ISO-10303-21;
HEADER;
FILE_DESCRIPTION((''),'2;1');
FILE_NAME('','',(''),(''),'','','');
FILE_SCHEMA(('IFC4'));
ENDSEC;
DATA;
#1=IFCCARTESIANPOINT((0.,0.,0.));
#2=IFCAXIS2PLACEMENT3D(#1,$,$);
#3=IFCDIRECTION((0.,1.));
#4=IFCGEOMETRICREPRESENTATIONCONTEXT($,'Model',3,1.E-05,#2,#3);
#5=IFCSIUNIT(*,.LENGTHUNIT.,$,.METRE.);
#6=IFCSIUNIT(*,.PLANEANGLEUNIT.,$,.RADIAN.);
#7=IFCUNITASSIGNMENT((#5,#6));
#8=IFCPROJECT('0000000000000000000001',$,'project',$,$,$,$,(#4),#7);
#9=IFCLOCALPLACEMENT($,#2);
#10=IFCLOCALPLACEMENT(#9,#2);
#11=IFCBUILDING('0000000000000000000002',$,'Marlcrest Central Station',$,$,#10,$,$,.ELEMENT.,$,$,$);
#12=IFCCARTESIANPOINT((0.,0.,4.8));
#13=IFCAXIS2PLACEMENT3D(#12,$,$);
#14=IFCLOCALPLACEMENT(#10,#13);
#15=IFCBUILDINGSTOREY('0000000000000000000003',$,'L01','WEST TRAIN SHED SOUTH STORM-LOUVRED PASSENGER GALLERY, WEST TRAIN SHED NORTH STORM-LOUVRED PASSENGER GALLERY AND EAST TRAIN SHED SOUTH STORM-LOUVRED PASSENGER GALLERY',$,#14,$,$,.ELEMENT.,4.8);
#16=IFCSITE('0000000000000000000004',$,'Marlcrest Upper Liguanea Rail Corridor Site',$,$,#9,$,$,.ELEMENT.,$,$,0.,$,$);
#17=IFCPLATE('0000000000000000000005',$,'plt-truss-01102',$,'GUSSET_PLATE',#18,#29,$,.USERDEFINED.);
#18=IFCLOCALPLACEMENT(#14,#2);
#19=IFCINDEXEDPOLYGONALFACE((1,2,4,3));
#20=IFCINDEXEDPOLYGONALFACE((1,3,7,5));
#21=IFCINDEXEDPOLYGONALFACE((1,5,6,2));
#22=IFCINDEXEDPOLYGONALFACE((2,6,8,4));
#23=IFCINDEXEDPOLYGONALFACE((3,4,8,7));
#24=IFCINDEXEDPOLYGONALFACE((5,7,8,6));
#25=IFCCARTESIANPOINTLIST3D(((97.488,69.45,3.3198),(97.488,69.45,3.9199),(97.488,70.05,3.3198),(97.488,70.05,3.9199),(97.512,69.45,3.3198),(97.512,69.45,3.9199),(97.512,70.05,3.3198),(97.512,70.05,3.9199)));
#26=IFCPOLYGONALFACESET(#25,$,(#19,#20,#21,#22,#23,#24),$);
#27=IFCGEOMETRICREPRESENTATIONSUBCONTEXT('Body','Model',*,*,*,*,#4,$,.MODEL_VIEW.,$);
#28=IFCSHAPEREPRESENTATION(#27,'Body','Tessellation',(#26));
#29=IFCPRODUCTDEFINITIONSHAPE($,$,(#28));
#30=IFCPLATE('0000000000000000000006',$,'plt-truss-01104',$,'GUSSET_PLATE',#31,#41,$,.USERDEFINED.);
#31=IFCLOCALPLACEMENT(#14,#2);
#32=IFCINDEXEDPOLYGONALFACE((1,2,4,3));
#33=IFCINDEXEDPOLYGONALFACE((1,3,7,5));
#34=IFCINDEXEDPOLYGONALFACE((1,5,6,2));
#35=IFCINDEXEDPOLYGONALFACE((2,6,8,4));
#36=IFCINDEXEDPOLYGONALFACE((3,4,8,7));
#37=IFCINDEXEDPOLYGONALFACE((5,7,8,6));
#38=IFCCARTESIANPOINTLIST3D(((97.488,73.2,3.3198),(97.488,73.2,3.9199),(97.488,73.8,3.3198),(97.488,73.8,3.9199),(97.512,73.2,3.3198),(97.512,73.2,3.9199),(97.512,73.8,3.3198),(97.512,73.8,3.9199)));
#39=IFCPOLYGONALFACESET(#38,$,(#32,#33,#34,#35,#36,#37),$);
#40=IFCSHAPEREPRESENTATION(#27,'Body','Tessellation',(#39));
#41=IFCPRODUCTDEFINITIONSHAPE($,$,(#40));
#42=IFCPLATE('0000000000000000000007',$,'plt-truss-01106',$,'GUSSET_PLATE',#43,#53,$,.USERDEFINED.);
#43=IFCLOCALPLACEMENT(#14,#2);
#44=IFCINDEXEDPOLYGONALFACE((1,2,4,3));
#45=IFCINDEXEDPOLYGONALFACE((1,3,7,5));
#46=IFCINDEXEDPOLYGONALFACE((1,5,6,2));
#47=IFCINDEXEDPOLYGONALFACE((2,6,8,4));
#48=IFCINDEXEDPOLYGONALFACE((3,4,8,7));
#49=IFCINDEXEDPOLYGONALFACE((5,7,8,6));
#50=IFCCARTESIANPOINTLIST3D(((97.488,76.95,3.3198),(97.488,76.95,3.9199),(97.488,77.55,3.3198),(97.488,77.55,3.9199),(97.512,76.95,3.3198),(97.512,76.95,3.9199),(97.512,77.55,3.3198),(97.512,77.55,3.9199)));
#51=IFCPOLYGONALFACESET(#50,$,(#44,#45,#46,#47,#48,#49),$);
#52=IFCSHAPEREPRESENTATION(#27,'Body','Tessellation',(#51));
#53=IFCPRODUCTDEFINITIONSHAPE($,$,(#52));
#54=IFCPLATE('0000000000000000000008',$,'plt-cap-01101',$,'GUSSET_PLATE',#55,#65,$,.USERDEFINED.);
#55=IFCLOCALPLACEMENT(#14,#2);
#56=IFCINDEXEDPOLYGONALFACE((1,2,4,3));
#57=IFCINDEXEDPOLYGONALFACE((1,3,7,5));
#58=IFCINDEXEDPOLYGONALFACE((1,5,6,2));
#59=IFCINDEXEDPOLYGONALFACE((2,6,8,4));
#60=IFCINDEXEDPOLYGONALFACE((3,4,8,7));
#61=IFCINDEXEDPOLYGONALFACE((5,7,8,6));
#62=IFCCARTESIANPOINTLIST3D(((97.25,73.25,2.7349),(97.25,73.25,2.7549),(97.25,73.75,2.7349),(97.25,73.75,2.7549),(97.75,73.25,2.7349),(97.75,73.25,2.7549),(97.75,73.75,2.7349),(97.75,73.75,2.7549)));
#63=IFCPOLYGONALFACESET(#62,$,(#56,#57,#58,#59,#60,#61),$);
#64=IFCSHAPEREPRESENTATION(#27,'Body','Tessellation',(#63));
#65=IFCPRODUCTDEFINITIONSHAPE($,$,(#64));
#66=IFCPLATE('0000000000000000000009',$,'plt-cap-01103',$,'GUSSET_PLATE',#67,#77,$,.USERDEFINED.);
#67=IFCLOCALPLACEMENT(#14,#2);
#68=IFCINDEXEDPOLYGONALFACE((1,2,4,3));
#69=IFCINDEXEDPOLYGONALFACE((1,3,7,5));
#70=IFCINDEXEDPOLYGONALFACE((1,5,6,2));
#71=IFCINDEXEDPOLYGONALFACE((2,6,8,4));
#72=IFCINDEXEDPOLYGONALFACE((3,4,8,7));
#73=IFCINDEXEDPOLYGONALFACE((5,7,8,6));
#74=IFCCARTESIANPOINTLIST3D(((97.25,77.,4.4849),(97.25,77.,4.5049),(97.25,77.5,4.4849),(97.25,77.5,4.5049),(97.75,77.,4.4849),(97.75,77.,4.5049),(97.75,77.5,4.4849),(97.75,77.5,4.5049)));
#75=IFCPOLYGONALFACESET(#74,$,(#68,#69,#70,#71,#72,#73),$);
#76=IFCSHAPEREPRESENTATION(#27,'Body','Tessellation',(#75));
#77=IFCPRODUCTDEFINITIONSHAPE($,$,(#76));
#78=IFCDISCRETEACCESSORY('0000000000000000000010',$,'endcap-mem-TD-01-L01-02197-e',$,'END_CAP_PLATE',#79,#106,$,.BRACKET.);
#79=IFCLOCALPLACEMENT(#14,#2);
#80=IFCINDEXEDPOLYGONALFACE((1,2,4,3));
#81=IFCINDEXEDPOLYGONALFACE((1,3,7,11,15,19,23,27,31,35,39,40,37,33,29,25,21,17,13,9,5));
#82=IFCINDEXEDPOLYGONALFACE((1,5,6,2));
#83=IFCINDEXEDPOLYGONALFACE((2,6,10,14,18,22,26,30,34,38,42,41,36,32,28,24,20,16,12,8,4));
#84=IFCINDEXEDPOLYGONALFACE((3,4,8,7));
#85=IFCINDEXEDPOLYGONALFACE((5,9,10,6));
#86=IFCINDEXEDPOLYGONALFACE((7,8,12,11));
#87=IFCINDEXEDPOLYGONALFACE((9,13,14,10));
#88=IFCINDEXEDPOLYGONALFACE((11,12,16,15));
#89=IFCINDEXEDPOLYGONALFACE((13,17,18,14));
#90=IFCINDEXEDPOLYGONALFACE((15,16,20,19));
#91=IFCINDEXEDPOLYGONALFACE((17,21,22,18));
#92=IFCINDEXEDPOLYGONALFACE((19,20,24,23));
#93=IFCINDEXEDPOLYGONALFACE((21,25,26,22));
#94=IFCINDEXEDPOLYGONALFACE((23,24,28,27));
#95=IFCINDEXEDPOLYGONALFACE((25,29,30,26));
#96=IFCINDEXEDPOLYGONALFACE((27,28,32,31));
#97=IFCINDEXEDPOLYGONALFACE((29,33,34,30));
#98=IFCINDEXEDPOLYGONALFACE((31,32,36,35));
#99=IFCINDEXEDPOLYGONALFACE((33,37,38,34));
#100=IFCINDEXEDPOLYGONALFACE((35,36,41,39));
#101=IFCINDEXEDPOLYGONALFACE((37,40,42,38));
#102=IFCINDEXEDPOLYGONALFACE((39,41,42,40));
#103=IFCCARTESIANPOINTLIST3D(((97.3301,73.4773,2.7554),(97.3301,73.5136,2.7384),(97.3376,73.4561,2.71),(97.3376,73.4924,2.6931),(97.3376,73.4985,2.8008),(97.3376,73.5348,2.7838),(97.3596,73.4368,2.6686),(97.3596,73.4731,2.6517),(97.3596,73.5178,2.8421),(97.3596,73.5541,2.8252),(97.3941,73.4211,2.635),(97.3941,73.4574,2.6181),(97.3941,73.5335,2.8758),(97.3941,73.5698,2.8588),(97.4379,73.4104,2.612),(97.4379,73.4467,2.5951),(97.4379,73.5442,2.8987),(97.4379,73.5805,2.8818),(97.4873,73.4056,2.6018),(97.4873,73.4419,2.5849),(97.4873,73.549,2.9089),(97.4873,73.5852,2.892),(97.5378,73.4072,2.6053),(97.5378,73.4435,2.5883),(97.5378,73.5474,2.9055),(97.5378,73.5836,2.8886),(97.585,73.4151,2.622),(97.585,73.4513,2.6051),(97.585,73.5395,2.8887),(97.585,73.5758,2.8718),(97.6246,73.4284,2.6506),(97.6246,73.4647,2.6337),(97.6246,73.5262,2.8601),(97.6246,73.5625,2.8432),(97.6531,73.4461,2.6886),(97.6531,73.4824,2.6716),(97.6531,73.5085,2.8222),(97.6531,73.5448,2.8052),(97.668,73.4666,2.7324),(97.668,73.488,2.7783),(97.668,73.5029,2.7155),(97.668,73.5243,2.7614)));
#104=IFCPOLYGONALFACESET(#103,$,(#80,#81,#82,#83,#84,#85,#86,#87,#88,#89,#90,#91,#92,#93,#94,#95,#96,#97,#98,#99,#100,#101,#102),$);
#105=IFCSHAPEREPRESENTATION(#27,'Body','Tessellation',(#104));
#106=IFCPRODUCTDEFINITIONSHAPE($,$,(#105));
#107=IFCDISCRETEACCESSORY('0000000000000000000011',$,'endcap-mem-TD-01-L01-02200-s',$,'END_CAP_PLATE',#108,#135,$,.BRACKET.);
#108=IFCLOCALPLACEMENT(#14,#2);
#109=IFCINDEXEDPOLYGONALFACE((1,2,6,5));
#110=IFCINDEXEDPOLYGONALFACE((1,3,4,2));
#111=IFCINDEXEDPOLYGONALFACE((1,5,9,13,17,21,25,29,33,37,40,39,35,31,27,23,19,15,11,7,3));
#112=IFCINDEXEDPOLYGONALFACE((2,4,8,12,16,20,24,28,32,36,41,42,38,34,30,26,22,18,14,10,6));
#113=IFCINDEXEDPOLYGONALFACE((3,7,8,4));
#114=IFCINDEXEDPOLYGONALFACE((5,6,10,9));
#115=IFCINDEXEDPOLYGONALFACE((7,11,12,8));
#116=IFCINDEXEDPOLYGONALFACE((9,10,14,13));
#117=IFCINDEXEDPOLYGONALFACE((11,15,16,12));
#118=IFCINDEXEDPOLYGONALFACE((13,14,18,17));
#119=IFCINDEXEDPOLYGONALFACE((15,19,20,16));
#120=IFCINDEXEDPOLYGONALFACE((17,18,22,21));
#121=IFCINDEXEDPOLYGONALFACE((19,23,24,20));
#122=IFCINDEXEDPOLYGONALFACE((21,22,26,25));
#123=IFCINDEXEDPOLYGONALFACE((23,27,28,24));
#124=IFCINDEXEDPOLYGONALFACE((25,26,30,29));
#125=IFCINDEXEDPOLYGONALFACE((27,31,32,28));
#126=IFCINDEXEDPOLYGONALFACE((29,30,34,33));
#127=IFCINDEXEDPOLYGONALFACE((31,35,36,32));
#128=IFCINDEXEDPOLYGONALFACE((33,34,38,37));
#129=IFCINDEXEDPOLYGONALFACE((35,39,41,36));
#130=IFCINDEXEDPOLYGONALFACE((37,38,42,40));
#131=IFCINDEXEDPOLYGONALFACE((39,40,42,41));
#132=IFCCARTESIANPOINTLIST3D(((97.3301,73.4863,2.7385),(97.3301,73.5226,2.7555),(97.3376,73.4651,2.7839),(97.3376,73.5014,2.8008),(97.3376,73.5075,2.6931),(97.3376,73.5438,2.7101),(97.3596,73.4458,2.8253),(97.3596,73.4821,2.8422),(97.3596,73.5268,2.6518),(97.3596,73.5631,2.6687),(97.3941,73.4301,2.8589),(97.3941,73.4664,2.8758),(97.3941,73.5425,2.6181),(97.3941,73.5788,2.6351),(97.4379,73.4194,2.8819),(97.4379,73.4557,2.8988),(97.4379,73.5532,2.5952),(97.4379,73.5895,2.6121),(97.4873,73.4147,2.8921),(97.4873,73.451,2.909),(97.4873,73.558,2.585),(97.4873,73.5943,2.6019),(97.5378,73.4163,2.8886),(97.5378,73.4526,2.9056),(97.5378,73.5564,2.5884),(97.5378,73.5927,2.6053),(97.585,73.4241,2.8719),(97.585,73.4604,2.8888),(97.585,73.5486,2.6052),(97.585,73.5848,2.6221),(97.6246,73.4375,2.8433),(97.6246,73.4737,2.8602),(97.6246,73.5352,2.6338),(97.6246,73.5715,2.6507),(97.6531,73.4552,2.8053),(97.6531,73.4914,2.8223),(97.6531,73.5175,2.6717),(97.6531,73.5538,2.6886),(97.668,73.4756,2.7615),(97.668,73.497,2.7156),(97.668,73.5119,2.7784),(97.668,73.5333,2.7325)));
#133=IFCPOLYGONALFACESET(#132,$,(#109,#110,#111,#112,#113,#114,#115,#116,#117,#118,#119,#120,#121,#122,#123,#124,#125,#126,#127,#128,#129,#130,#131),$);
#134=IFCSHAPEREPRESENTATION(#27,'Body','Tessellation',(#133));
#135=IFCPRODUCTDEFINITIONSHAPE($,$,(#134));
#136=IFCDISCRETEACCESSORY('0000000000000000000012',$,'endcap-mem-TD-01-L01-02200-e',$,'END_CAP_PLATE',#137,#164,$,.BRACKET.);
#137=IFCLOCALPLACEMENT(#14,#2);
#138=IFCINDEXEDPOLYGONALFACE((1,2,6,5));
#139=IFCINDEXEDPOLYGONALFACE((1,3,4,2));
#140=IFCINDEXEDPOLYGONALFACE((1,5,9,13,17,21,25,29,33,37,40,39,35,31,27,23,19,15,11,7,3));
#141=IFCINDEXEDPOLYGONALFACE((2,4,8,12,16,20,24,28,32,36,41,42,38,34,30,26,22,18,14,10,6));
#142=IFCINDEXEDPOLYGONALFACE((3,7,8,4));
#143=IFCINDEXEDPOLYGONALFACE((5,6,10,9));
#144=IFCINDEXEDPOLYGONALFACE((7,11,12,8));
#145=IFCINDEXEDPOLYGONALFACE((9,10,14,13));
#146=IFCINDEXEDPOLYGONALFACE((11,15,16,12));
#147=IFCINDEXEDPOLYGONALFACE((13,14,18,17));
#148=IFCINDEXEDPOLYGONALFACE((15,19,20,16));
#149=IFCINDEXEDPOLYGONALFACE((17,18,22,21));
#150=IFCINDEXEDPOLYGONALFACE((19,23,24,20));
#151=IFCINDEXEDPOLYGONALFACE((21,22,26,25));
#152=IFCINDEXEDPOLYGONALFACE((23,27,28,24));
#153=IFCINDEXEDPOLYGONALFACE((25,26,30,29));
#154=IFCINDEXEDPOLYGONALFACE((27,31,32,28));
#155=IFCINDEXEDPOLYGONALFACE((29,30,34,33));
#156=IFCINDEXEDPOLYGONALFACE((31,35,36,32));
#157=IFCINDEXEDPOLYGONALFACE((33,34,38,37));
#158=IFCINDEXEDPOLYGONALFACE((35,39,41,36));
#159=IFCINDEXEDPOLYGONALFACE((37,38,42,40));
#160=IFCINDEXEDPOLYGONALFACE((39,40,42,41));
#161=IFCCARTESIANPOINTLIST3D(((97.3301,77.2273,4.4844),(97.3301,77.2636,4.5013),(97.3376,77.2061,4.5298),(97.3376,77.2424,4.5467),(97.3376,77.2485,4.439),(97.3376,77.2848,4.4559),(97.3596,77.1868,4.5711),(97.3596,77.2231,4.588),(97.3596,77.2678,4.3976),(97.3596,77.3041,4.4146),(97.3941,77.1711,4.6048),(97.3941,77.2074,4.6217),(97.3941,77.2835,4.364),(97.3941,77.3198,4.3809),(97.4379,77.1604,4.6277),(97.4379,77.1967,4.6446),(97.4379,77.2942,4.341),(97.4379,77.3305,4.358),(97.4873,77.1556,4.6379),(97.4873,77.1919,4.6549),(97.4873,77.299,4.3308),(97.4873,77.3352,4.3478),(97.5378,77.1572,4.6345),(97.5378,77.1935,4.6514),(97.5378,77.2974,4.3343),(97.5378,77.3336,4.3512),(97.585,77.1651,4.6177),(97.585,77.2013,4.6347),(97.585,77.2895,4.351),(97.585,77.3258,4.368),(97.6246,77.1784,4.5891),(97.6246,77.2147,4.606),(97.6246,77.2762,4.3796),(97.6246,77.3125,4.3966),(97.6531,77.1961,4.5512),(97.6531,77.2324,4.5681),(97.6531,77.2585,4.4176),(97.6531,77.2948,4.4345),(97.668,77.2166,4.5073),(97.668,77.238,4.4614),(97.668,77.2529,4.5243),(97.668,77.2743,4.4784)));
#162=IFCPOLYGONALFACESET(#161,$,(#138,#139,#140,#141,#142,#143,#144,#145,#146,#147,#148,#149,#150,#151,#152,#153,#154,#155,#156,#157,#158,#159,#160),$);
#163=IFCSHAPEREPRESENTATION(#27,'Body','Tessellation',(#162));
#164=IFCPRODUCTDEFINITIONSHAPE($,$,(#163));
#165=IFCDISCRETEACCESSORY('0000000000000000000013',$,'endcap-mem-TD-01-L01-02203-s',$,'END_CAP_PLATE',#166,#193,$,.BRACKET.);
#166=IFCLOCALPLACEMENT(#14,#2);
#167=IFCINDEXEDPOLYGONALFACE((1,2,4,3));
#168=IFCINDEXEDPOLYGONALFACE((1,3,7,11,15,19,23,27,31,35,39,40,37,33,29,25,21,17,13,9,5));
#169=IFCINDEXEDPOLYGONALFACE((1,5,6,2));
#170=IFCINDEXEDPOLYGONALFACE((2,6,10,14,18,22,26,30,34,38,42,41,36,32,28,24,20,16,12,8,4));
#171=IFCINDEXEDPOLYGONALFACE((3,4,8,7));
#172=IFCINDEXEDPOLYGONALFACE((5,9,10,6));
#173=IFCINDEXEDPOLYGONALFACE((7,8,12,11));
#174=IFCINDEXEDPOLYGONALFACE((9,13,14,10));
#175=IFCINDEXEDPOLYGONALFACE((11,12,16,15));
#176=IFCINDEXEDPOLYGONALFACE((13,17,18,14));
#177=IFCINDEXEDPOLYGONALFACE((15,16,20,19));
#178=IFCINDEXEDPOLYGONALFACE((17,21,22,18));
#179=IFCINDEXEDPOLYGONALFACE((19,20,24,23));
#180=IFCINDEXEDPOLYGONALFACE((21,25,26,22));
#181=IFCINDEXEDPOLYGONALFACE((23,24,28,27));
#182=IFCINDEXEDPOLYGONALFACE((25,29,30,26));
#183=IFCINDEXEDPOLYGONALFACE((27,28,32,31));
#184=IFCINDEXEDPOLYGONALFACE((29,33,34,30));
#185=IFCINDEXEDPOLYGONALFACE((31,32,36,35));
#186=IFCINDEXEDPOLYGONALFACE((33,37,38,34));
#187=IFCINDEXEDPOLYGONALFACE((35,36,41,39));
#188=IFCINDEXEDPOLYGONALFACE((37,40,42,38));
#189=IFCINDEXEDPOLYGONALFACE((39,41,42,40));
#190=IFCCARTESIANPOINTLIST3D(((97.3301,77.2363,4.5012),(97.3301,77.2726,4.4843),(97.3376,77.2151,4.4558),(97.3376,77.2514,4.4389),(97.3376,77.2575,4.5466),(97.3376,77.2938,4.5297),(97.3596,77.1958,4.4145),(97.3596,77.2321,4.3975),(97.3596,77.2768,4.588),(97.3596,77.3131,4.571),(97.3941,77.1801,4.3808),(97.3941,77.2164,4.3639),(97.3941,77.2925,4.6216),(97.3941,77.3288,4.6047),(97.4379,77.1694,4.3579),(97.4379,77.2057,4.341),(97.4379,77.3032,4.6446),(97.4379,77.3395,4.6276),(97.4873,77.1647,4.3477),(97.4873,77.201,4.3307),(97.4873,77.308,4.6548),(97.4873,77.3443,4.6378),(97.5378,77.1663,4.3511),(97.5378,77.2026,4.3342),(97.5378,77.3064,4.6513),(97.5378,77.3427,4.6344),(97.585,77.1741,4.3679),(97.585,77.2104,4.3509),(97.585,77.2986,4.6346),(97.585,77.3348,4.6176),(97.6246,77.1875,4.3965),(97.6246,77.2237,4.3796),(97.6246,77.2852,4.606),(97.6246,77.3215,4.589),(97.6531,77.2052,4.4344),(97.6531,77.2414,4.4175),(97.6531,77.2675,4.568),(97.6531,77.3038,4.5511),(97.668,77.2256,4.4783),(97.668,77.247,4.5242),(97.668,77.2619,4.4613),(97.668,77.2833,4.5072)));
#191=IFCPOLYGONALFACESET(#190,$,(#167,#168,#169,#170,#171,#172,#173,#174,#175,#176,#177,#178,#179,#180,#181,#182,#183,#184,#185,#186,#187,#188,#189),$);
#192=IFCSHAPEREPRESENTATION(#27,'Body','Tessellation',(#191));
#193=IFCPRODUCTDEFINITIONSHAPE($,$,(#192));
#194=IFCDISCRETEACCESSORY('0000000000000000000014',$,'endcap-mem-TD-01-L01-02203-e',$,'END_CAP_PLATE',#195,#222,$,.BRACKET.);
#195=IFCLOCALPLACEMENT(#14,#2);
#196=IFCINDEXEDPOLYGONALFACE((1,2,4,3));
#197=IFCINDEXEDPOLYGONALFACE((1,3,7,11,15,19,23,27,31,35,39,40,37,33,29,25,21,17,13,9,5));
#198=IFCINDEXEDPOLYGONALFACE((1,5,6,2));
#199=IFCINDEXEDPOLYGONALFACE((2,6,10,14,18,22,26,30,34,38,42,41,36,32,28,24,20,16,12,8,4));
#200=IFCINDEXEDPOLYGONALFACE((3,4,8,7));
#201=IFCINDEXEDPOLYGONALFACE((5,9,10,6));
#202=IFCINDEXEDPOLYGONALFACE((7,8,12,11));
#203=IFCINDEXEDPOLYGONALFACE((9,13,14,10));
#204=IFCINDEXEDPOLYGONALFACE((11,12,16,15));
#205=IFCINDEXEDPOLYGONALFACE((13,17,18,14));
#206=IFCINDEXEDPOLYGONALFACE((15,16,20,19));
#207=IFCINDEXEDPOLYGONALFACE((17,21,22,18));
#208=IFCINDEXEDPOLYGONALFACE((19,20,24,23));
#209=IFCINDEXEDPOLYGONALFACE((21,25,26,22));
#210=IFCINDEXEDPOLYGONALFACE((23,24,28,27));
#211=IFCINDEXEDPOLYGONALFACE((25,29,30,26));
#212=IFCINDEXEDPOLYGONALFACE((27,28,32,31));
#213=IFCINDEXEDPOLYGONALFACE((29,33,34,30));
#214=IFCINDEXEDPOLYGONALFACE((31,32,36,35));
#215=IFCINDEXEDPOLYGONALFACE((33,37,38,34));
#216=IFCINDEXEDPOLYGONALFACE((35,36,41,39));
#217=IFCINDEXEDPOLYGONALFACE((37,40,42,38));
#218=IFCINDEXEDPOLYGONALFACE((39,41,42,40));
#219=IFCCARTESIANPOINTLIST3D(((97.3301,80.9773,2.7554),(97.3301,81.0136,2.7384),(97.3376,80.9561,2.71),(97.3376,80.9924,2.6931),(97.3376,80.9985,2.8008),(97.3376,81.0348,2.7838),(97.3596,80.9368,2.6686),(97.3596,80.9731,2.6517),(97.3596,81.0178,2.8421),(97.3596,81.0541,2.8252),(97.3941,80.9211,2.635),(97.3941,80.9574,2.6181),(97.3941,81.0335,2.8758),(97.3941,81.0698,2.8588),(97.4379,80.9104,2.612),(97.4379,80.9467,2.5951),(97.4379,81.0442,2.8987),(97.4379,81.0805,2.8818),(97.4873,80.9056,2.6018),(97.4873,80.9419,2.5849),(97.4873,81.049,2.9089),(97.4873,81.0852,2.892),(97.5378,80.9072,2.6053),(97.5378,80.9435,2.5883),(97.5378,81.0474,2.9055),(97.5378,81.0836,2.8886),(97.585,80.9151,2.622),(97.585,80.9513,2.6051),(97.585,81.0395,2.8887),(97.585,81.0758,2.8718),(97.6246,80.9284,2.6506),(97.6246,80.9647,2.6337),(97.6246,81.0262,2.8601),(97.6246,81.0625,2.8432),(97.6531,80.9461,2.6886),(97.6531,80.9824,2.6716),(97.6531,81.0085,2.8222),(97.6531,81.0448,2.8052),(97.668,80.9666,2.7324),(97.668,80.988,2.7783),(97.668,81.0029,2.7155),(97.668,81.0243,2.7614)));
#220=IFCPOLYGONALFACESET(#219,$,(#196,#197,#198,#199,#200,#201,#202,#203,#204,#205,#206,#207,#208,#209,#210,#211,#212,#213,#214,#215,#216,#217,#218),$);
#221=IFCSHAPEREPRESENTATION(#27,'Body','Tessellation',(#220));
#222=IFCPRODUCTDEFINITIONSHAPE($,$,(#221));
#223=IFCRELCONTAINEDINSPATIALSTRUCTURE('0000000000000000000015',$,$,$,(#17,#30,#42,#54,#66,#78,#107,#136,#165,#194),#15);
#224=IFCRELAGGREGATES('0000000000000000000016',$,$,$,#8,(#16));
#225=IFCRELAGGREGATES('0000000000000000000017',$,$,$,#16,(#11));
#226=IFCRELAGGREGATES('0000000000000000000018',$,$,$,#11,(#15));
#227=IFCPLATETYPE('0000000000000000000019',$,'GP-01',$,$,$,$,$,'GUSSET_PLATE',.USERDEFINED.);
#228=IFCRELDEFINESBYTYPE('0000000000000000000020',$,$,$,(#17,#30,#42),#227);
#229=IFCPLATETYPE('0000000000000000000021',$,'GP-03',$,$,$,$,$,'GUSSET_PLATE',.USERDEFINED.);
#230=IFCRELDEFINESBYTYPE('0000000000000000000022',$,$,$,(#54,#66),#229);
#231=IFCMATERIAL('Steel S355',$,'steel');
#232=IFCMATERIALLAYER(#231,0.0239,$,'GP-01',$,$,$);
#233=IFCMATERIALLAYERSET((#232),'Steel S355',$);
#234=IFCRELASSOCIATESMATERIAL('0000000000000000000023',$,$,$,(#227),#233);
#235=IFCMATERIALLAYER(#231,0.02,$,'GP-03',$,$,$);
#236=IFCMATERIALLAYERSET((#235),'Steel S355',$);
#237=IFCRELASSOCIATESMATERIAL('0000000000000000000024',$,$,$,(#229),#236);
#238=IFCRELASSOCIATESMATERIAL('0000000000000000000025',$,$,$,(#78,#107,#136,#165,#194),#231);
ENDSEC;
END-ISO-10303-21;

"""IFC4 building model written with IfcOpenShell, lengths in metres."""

from ifc_helpers import new_model, si_unit, direction, frame, origin, origin_2d, place, context, subcontext, project, spatial, rectangle, circle, extrude, material, layer, layer_set, type_object, element, save


model = new_model("IFC4")

# Units and contexts
model_context = context("Model", 3, precision=1e-05, world=origin(), true_north=direction((0.0, 1.0)))
body_context = subcontext(model_context, "Body", "Model", "MODEL_VIEW")
ifc_project = project(units=[si_unit("LENGTHUNIT", "METRE"), si_unit("PLANEANGLEUNIT", "RADIAN")], contexts=[model_context])

# Site, building, storey
site_placement = place(None, origin())
site = spatial("IfcSite", under=ifc_project, at=site_placement, Name="Marlcrest Upper Liguanea Rail Corridor Site", CompositionType="ELEMENT", RefElevation=0.0)
building_placement = place(site_placement, origin())
building = spatial("IfcBuilding", under=site, at=building_placement, Name="Marlcrest Central Station", CompositionType="ELEMENT")
storey_placement = place(building_placement, frame((0.0, 0.0, 4.8)))
storey = spatial("IfcBuildingStorey", under=building, at=storey_placement, Name="L01", Description="WEST TRAIN SHED SOUTH STORM-LOUVRED PASSENGER GALLERY, WEST TRAIN SHED NORTH STORM-LOUVRED PASSENGER GALLERY AND EAST TRAIN SHED SOUTH STORM-LOUVRED PASSENGER GALLERY", CompositionType="ELEMENT", Elevation=4.8)

# Shared definitions
ifc_material = material(Name="Steel S355", Category="steel")

# Plates
ifc_layer_1 = layer(ifc_material, 0.0239, Name="GP-01")
ifc_layer_set_1 = layer_set([ifc_layer_1], Name="Steel S355")
plate_type_1 = type_object("IfcPlateType", Name="GP-01", ElementType="GUSSET_PLATE", PredefinedType="USERDEFINED", material=ifc_layer_set_1)
for number, where, z_axis, x_axis, name in (
    (1, (97.5, 69.75, 3.3198), (0.0, 0.0, 1.0), (1.0, 0.0, 0.0), "plt-truss-01102"),
    (2, (97.5, 73.5, 3.3198), (0.0, 0.0, 1.0), (1.0, 0.0, 0.0), "plt-truss-01104"),
    (3, (97.5, 77.25, 3.3198), (0.0, 0.0, 1.0), (1.0, 0.0, 0.0), "plt-truss-01106"),
):
    element("IfcPlate", number, at=place(storey_placement, frame(where, z_axis=z_axis, x_axis=x_axis)), inside=storey, type_object=plate_type_1, Name=name, ObjectType="GUSSET_PLATE", PredefinedType="USERDEFINED", context=body_context, shape_type="SweptSolid", body=[
        extrude(rectangle(XDim=0.0239, YDim=0.6001, at=origin_2d()), origin(), (0.0, 0.0, 1.0), 0.6001),
    ])
ifc_layer_2 = layer(ifc_material, 0.02, Name="GP-03")
ifc_layer_set_2 = layer_set([ifc_layer_2], Name="Steel S355")
plate_type_2 = type_object("IfcPlateType", Name="GP-03", ElementType="GUSSET_PLATE", PredefinedType="USERDEFINED", material=ifc_layer_set_2)
for number, where, z_axis, x_axis, name in (
    (4, (97.5, 73.5, 2.7349), (0.0, 0.0, 1.0), (1.0, 0.0, 0.0), "plt-cap-01101"),
    (5, (97.5, 77.25, 4.4849), (0.0, 0.0, 1.0), (1.0, 0.0, 0.0), "plt-cap-01103"),
):
    element("IfcPlate", number, at=place(storey_placement, frame(where, z_axis=z_axis, x_axis=x_axis)), inside=storey, type_object=plate_type_2, Name=name, ObjectType="GUSSET_PLATE", PredefinedType="USERDEFINED", context=body_context, shape_type="SweptSolid", body=[
        extrude(rectangle(XDim=0.5, YDim=0.5, at=origin_2d()), origin(), (0.0, 0.0, 1.0), 0.02),
    ])

# Discrete accessories
for number, where, z_axis, x_axis, name in (
    (6, (97.5, 73.4773, 2.7554), (0.0, 0.906183, -0.422885), (-1.0, 0.0, 0.0), "endcap-mem-TD-01-L01-02197-e"),
    (7, (97.5, 73.4863, 2.7385), (0.0, 0.906183, 0.422885), (-1.0, 0.0, 0.0), "endcap-mem-TD-01-L01-02200-s"),
    (8, (97.5, 77.2273, 4.4844), (0.0, 0.906183, 0.422885), (-1.0, 0.0, 0.0), "endcap-mem-TD-01-L01-02200-e"),
    (9, (97.5, 77.2363, 4.5012), (0.0, 0.906183, -0.422885), (-1.0, 0.0, 0.0), "endcap-mem-TD-01-L01-02203-s"),
    (10, (97.5, 80.9773, 2.7554), (0.0, 0.906183, -0.422885), (-1.0, 0.0, 0.0), "endcap-mem-TD-01-L01-02203-e"),
):
    element("IfcDiscreteAccessory", number, at=place(storey_placement, frame(where, z_axis=z_axis, x_axis=x_axis)), inside=storey, material=ifc_material, Name=name, ObjectType="END_CAP_PLATE", PredefinedType="BRACKET", context=body_context, shape_type="SweptSolid", body=[
        extrude(circle(Radius=0.1699, at=origin_2d()), origin(), (0.0, 0.0, 1.0), 0.04),
    ])

save(model, "model.ifc")
